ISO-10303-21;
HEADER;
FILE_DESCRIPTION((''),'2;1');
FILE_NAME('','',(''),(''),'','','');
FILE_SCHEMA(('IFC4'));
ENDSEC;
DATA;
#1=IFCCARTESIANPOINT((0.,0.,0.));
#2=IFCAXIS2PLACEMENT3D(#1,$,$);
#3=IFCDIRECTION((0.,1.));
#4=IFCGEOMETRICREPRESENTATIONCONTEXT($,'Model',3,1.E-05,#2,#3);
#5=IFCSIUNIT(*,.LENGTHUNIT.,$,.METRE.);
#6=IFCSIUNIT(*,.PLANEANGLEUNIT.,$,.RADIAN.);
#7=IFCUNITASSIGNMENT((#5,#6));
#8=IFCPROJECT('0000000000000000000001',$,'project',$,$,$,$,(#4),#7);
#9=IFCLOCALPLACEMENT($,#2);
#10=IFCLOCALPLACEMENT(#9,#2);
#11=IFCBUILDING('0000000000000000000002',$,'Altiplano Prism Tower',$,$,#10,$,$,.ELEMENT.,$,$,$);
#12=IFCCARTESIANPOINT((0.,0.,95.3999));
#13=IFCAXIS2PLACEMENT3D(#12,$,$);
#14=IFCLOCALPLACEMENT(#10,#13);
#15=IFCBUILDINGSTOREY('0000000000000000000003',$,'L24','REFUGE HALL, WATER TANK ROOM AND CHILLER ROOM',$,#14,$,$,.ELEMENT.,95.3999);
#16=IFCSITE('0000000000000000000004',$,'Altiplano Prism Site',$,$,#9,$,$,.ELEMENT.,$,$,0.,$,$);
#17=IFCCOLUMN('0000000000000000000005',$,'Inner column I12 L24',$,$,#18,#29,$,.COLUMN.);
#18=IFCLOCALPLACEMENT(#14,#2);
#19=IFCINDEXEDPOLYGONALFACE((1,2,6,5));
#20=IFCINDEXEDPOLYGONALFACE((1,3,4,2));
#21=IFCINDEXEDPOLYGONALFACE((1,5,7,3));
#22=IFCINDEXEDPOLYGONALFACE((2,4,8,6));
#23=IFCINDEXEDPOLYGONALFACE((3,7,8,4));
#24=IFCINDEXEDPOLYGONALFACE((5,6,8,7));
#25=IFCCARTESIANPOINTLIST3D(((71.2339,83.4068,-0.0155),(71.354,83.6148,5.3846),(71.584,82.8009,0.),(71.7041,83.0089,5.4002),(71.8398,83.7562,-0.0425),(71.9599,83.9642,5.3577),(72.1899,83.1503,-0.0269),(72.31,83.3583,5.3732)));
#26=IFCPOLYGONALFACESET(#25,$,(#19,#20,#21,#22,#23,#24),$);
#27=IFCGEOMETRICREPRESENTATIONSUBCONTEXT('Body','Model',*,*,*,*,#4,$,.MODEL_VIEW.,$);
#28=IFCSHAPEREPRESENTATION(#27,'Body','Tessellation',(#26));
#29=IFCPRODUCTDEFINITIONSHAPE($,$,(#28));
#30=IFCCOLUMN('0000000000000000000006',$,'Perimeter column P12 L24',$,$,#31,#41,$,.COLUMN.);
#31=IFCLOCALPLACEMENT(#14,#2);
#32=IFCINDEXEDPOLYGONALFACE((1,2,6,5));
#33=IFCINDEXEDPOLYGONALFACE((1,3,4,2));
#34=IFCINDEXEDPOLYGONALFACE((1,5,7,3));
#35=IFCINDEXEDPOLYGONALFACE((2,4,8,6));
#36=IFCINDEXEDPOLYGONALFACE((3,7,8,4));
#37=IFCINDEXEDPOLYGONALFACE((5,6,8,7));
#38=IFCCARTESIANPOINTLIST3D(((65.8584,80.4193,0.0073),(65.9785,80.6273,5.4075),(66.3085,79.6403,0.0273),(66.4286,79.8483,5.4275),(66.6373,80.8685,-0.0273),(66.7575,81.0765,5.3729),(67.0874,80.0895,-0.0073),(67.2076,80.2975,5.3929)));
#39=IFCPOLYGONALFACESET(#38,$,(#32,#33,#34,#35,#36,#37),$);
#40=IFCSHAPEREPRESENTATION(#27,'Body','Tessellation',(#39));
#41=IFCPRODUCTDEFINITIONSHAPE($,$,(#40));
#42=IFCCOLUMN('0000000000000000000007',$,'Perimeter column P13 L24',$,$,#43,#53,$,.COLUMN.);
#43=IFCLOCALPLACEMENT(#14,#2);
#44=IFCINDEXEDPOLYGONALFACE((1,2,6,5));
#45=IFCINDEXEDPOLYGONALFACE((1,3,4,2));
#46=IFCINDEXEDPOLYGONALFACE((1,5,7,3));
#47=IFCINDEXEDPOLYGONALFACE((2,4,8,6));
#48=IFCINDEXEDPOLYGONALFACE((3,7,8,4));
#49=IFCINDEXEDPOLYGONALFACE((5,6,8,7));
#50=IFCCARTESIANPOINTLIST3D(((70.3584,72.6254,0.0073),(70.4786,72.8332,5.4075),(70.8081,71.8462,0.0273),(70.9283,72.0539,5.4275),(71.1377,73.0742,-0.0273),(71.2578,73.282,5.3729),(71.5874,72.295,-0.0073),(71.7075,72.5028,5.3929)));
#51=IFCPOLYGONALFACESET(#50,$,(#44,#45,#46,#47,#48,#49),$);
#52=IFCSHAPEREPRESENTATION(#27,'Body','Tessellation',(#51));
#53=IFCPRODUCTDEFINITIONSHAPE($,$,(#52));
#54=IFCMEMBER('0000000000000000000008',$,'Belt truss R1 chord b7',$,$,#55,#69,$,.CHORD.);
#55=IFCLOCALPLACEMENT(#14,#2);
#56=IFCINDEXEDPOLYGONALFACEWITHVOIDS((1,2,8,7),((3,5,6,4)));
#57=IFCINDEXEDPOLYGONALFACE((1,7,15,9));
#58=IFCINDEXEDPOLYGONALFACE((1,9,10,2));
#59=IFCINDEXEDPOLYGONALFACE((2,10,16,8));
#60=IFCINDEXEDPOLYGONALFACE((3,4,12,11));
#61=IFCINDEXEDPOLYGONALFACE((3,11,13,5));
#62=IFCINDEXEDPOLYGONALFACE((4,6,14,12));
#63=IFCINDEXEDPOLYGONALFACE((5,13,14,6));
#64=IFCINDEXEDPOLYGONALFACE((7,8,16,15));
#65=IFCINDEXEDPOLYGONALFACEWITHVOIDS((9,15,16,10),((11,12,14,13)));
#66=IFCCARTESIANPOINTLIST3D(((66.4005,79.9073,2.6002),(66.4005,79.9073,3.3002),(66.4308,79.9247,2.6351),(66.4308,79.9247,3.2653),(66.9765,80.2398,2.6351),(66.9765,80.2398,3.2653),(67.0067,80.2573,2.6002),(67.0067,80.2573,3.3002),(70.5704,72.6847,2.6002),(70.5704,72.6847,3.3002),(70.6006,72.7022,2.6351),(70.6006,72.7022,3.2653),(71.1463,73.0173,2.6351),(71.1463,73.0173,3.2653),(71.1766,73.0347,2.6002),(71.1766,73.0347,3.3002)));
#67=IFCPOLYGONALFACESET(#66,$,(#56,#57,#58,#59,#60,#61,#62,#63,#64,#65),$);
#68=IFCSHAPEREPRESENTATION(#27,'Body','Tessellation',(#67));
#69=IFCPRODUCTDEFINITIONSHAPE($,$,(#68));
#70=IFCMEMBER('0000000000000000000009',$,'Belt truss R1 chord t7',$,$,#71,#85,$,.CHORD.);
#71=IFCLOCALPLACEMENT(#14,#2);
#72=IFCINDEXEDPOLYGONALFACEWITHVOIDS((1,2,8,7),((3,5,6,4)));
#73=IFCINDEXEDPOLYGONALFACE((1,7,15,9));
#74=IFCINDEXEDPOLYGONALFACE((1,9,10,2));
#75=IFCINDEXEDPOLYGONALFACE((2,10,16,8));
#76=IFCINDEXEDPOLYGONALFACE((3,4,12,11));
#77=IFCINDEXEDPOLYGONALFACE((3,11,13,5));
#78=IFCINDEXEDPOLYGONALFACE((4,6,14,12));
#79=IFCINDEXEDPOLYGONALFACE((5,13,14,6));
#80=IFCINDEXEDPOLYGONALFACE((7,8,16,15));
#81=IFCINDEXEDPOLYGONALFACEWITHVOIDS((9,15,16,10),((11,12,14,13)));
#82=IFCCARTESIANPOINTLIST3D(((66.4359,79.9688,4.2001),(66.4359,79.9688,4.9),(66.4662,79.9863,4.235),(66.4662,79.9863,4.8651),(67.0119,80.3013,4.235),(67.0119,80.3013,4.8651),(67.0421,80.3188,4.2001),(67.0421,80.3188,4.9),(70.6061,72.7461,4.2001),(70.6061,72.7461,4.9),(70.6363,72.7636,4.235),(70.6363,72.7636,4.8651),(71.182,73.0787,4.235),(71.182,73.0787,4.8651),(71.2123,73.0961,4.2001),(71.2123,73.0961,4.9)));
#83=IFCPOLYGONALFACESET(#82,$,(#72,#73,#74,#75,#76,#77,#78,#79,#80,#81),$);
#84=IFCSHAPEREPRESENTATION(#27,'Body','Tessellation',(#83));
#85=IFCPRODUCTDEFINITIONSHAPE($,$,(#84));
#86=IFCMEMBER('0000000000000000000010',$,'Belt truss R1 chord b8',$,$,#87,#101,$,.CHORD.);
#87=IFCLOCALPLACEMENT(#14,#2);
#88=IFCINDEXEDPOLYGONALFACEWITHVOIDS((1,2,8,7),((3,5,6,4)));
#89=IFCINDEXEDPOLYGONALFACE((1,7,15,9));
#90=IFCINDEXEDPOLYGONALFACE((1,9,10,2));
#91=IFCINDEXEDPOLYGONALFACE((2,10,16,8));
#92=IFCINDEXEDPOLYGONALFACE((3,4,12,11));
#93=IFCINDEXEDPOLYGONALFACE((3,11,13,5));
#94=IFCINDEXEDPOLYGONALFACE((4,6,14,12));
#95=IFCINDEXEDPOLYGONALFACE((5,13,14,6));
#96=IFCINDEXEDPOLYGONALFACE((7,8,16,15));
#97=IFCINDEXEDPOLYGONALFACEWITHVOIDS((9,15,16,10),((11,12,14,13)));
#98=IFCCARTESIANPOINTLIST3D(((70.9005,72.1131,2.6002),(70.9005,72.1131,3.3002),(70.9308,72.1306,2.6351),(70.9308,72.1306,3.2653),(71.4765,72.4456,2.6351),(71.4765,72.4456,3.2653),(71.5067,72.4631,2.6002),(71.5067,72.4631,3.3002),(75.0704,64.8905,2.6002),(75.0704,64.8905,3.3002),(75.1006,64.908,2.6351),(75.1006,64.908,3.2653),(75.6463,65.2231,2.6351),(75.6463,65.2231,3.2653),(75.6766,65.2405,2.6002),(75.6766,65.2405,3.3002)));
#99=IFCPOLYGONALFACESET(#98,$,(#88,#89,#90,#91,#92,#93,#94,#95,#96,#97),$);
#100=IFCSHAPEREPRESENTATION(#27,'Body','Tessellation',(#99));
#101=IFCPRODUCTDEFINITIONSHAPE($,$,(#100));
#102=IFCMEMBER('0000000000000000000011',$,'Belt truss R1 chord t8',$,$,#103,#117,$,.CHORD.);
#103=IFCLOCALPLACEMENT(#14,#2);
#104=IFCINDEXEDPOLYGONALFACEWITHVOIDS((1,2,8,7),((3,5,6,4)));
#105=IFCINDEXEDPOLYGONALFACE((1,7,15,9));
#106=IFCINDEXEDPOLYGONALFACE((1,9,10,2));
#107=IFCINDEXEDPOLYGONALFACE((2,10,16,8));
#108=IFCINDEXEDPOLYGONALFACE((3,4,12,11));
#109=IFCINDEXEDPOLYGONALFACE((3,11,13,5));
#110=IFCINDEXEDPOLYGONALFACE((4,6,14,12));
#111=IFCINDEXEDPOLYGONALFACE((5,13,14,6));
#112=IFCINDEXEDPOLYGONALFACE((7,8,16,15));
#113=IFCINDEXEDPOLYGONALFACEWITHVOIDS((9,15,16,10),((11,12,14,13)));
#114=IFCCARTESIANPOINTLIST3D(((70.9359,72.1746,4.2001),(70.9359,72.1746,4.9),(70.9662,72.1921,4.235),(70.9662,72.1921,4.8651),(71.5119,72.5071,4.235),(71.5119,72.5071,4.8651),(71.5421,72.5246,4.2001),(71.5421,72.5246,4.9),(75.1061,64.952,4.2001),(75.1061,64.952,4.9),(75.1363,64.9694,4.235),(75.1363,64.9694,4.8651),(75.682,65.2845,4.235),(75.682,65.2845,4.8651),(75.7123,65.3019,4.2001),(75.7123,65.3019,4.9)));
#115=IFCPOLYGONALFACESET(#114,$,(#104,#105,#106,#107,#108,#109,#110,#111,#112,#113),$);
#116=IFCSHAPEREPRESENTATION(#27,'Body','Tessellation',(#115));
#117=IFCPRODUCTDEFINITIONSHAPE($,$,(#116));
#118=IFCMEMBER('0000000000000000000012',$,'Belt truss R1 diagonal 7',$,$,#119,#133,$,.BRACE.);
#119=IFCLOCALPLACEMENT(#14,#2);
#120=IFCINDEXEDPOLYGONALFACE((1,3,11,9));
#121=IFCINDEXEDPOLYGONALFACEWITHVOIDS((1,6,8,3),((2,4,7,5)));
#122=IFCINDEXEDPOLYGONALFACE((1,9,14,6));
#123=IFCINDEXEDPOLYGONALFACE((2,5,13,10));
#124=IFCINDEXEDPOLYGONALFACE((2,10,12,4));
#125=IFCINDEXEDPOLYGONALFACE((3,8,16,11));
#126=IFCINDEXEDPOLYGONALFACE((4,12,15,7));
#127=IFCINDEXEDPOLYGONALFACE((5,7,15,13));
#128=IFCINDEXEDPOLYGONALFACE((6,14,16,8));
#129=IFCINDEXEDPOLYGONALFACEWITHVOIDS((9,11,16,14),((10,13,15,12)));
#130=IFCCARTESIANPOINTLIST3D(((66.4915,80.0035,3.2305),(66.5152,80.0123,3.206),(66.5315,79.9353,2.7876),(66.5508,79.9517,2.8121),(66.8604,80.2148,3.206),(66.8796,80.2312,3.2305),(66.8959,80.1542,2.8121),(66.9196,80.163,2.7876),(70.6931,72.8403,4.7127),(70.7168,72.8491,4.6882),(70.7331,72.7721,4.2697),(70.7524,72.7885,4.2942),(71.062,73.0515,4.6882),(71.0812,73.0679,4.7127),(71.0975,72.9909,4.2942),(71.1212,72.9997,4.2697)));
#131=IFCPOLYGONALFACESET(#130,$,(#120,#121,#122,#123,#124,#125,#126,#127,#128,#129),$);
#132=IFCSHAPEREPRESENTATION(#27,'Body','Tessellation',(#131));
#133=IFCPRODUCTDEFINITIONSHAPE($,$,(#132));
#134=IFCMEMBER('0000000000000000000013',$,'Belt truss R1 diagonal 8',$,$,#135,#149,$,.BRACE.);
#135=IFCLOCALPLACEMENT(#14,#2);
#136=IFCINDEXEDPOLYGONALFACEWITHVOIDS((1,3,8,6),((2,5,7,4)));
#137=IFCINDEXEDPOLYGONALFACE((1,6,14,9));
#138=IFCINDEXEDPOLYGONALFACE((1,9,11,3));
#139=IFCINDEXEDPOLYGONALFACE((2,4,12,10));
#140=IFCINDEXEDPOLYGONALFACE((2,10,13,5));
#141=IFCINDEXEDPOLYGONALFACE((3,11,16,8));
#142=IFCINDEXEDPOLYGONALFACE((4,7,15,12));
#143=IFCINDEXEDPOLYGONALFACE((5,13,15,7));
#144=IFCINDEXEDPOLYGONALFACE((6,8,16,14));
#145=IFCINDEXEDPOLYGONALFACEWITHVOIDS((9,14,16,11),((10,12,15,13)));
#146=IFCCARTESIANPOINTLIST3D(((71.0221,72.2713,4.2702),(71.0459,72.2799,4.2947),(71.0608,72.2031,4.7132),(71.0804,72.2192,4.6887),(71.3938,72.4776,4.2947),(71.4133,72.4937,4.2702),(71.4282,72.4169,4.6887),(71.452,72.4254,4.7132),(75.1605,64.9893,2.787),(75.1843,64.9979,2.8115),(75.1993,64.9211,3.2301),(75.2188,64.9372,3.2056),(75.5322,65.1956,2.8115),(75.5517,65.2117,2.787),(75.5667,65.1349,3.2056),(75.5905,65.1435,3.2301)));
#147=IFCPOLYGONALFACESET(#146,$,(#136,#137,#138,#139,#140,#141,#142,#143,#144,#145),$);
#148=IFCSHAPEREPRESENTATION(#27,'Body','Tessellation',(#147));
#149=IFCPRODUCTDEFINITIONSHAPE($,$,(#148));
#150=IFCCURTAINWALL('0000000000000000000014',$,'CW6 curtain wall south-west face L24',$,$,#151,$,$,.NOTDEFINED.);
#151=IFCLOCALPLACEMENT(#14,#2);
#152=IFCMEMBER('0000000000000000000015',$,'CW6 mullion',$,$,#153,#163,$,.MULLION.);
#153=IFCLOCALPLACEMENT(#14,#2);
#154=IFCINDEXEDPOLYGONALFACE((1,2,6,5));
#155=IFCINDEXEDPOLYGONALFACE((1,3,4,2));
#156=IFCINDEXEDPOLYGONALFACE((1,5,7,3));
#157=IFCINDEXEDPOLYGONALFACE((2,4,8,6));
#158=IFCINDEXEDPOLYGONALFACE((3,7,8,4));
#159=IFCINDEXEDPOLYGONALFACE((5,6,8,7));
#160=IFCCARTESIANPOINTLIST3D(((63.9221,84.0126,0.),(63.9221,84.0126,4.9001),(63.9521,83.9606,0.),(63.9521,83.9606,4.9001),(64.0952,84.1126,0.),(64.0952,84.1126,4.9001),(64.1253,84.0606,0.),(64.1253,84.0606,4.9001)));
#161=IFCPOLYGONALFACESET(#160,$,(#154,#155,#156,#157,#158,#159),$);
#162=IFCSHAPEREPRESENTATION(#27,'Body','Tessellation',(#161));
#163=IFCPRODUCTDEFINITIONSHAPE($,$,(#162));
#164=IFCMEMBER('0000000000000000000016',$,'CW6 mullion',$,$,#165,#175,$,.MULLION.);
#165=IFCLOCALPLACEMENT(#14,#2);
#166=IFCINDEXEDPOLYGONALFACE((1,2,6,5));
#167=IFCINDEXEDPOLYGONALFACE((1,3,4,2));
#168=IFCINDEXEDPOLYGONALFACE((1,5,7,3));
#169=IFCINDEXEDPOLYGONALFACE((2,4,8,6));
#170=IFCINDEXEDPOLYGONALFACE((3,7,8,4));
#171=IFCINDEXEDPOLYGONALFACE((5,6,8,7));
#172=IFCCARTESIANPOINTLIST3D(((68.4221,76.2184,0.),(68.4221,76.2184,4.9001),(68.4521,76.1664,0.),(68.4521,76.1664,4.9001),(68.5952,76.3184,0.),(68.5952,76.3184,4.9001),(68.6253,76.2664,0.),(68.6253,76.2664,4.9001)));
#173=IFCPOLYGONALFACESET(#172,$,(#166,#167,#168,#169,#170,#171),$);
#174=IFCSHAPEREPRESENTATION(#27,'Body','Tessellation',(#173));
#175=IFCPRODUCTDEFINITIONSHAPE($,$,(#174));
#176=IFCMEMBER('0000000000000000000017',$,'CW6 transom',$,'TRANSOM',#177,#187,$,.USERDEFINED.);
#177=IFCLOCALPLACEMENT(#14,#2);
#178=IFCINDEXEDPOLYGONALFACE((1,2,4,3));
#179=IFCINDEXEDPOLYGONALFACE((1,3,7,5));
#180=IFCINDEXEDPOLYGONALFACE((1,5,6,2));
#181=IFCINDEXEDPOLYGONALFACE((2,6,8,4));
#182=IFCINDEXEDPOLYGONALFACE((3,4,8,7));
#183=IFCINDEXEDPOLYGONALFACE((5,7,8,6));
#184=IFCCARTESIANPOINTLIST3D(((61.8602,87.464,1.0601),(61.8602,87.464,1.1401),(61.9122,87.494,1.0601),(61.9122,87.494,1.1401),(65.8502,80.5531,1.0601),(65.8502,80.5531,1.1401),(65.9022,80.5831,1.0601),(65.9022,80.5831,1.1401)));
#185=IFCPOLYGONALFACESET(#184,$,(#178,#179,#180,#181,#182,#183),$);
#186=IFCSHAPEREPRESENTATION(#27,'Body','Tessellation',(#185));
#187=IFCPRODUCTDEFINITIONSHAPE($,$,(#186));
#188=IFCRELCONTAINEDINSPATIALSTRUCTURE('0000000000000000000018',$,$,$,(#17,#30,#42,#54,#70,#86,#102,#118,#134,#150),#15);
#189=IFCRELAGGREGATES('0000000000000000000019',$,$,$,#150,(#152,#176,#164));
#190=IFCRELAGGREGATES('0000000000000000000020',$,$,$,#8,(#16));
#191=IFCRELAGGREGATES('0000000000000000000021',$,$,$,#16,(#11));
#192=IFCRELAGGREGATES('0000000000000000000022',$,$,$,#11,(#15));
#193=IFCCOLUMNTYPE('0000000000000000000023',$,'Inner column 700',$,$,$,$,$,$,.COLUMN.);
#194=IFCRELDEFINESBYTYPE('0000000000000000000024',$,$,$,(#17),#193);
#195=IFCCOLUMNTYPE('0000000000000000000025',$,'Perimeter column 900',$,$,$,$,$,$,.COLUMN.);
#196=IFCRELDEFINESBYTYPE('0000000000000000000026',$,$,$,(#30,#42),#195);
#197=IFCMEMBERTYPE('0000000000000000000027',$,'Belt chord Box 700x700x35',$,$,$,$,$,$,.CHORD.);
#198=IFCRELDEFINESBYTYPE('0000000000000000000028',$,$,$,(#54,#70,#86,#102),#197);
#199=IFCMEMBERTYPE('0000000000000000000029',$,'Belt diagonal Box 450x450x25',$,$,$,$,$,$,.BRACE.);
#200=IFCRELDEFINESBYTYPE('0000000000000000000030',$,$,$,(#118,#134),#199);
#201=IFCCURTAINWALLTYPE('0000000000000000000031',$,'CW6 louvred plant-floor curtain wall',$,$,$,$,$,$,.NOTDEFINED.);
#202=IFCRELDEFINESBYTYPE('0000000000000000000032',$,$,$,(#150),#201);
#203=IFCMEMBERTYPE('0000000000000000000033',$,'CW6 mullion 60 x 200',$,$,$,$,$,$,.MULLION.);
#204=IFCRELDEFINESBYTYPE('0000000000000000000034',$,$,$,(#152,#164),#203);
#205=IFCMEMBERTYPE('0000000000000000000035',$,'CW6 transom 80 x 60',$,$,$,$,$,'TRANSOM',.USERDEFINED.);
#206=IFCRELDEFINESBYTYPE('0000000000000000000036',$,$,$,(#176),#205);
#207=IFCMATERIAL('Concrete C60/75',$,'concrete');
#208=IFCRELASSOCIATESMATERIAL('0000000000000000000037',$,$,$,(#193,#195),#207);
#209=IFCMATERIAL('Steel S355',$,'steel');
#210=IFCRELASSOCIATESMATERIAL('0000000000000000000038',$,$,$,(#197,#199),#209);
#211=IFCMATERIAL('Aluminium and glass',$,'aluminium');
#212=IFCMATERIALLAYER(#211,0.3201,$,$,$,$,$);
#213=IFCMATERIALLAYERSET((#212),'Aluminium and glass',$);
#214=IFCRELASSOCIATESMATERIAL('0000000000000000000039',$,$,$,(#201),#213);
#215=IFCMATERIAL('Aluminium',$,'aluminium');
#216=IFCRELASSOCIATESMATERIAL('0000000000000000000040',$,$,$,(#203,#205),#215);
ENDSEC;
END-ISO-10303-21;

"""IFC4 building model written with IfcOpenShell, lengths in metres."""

from ifc_helpers import new_model, si_unit, direction, frame, origin, origin_2d, place, context, subcontext, project, spatial, rectangle, hollow_rectangle, extrude, material, layer, layer_set, material_profile, profile_set, type_object, element, aggregate, save


model = new_model("IFC4")

# Units and contexts
model_context = context("Model", 3, precision=1e-05, world=origin(), true_north=direction((0.0, 1.0)))
body_context = subcontext(model_context, "Body", "Model", "MODEL_VIEW")
ifc_project = project(units=[si_unit("LENGTHUNIT", "METRE"), si_unit("PLANEANGLEUNIT", "RADIAN")], contexts=[model_context])

# Site, building, storey
site_placement = place(None, origin())
site = spatial("IfcSite", under=ifc_project, at=site_placement, Name="Altiplano Prism Site", CompositionType="ELEMENT", RefElevation=0.0)
building_placement = place(site_placement, origin())
building = spatial("IfcBuilding", under=site, at=building_placement, Name="Altiplano Prism Tower", CompositionType="ELEMENT")
storey_placement = place(building_placement, frame((0.0, 0.0, 95.3999)))
storey = spatial("IfcBuildingStorey", under=building, at=storey_placement, Name="L24", Description="REFUGE HALL, WATER TANK ROOM AND CHILLER ROOM", CompositionType="ELEMENT", Elevation=95.3999)

# Columns
ifc_material_1 = material(Name="Concrete C60/75", Category="concrete")
ifc_material_profile_1 = material_profile(ifc_material_1, rectangle(XDim=0.7, YDim=0.7, at=origin_2d()), Name="Inner column 700")
ifc_profile_set_1 = profile_set([ifc_material_profile_1], Name="Concrete C60/75")
column_type_1 = type_object("IfcColumnType", Name="Inner column 700", PredefinedType="COLUMN", material=ifc_profile_set_1)
column_placement = place(storey_placement, frame((71.7119, 83.2786, -0.0212), z_axis=(0.022221, 0.038481, 0.999012), x_axis=(-0.865641, -0.499184, 0.038483)))
element("IfcColumn", 1, at=column_placement, inside=storey, type_object=column_type_1, Name="Inner column I12 L24", PredefinedType="COLUMN", context=body_context, shape_type="SweptSolid", body=[
    extrude(rectangle(XDim=0.7, YDim=0.7, at=origin_2d()), origin(), (0.0, 0.0, 1.0), 5.4055),
])
ifc_material_profile_2 = material_profile(ifc_material_1, rectangle(XDim=0.8999, YDim=0.8999, at=origin_2d()), Name="Perimeter column 900")
ifc_profile_set_2 = profile_set([ifc_material_profile_2], Name="Concrete C60/75")
column_type_2 = type_object("IfcColumnType", Name="Perimeter column 900", PredefinedType="COLUMN", material=ifc_profile_set_2)
for number, where, z_axis, x_axis, name in (
    (2, (66.4729, 80.2544, 0.0), (0.022221, 0.038481, 0.999012), (-0.865641, -0.499184, 0.038483), "Perimeter column P12 L24"),
    (3, (70.9729, 72.4602, 0.0), (0.022221, 0.038436, 0.999014), (-0.865897, -0.498743, 0.038449), "Perimeter column P13 L24"),
):
    element("IfcColumn", number, at=place(storey_placement, frame(where, z_axis=z_axis, x_axis=x_axis)), inside=storey, type_object=column_type_2, Name=name, PredefinedType="COLUMN", context=body_context, shape_type="SweptSolid", body=[
        extrude(rectangle(XDim=0.8999, YDim=0.8999, at=origin_2d()), origin(), (0.0, 0.0, 1.0), 5.4055),
    ])

# Members
ifc_material_2 = material(Name="Steel S355", Category="steel")
ifc_material_profile_3 = material_profile(ifc_material_2, hollow_rectangle(XDim=0.7, YDim=0.7, WallThickness=0.0349, at=origin_2d()), Name="Belt chord Box 700x700x35")
ifc_profile_set_3 = profile_set([ifc_material_profile_3], Name="Steel S355")
member_type_1 = type_object("IfcMemberType", Name="Belt chord Box 700x700x35", PredefinedType="CHORD", material=ifc_profile_set_3)
member_1_placement = place(storey_placement, frame((66.7036, 80.0823, 2.9502), z_axis=(0.499993, -0.86603, 0.0), x_axis=(0.86603, 0.499993, 0.0)))
element("IfcMember", 4, at=member_1_placement, inside=storey, type_object=member_type_1, Name="Belt truss R1 chord b7", PredefinedType="CHORD", context=body_context, shape_type="SweptSolid", body=[
    extrude(hollow_rectangle(XDim=0.7, YDim=0.7, WallThickness=0.0349, at=origin_2d()), origin(), (0.0, 0.0, 1.0), 8.3398),
])
member_2_placement = place(storey_placement, frame((66.739, 80.1438, 4.55), z_axis=(0.500015, -0.866017, 0.0), x_axis=(0.866017, 0.500015, 0.0)))
element("IfcMember", 5, at=member_2_placement, inside=storey, type_object=member_type_1, Name="Belt truss R1 chord t7", PredefinedType="CHORD", context=body_context, shape_type="SweptSolid", body=[
    extrude(hollow_rectangle(XDim=0.7, YDim=0.7, WallThickness=0.0349, at=origin_2d()), origin(), (0.0, 0.0, 1.0), 8.3401),
])
member_3_placement = place(storey_placement, frame((71.2036, 72.2881, 2.9502), z_axis=(0.499993, -0.86603, 0.0), x_axis=(0.86603, 0.499993, 0.0)))
element("IfcMember", 6, at=member_3_placement, inside=storey, type_object=member_type_1, Name="Belt truss R1 chord b8", PredefinedType="CHORD", context=body_context, shape_type="SweptSolid", body=[
    extrude(hollow_rectangle(XDim=0.7, YDim=0.7, WallThickness=0.0349, at=origin_2d()), origin(), (0.0, 0.0, 1.0), 8.3398),
])
member_4_placement = place(storey_placement, frame((71.239, 72.3496, 4.55), z_axis=(0.500015, -0.866017, 0.0), x_axis=(0.866017, 0.500015, 0.0)))
element("IfcMember", 7, at=member_4_placement, inside=storey, type_object=member_type_1, Name="Belt truss R1 chord t8", PredefinedType="CHORD", context=body_context, shape_type="SweptSolid", body=[
    extrude(hollow_rectangle(XDim=0.7, YDim=0.7, WallThickness=0.0349, at=origin_2d()), origin(), (0.0, 0.0, 1.0), 8.3401),
])
ifc_material_profile_4 = material_profile(ifc_material_2, hollow_rectangle(XDim=0.45, YDim=0.45, WallThickness=0.0249, at=origin_2d()), Name="Belt diagonal Box 450x450x25")
ifc_profile_set_4 = profile_set([ifc_material_profile_4], Name="Steel S355")
member_type_2 = type_object("IfcMemberType", Name="Belt diagonal Box 450x450x25", PredefinedType="BRACE", material=ifc_profile_set_4)
member_5_placement = place(storey_placement, frame((66.7056, 80.0833, 3.009), z_axis=(0.49807, -0.84915, 0.175699), x_axis=(0.862568, 0.505941, 0.0)))
element("IfcMember", 8, at=member_5_placement, inside=storey, type_object=member_type_2, Name="Belt truss R1 diagonal 7", PredefinedType="BRACE", context=body_context, shape_type="SweptSolid", body=[
    extrude(hollow_rectangle(XDim=0.45, YDim=0.45, WallThickness=0.0249, at=origin_2d()), origin(), (0.0, 0.0, 1.0), 8.4358),
])
member_6_placement = place(storey_placement, frame((71.2371, 72.3484, 4.4917), z_axis=(0.486525, -0.85609, -0.174364), x_axis=(0.869408, 0.494094, 0.0)))
element("IfcMember", 9, at=member_6_placement, inside=storey, type_object=member_type_2, Name="Belt truss R1 diagonal 8", PredefinedType="BRACE", context=body_context, shape_type="SweptSolid", body=[
    extrude(hollow_rectangle(XDim=0.45, YDim=0.45, WallThickness=0.0249, at=origin_2d()), origin(), (0.0, 0.0, 1.0), 8.5061),
])

# Curtain wall, members
ifc_material_3 = material(Name="Aluminium and glass", Category="aluminium")
ifc_layer_1 = layer(ifc_material_3, 0.3201)
ifc_layer_set_1 = layer_set([ifc_layer_1], Name="Aluminium and glass")
curtain_wall_type = type_object("IfcCurtainWallType", Name="CW6 louvred plant-floor curtain wall", PredefinedType="NOTDEFINED", material=ifc_layer_set_1)
curtain_wall_placement = place(storey_placement, origin())
curtain_wall = element("IfcCurtainWall", 10, at=curtain_wall_placement, inside=storey, type_object=curtain_wall_type, Name="CW6 curtain wall south-west face L24", PredefinedType="NOTDEFINED")
ifc_material_4 = material(Name="Aluminium", Category="aluminium")
ifc_material_profile_5 = material_profile(ifc_material_4, rectangle(XDim=0.2, YDim=0.0601, at=origin_2d()), Name="CW6 mullion 60 x 200")
ifc_profile_set_5 = profile_set([ifc_material_profile_5], Name="Aluminium")
member_type_3 = type_object("IfcMemberType", Name="CW6 mullion 60 x 200", PredefinedType="MULLION", material=ifc_profile_set_5)
member_7_placement = place(storey_placement, frame((64.0237, 84.0366, 0.0), z_axis=(0.0, 0.0, 1.0), x_axis=(0.866025, 0.5, 0.0)))
member_7 = element("IfcMember", 11, at=member_7_placement, type_object=member_type_3, Name="CW6 mullion", PredefinedType="MULLION", context=body_context, shape_type="SweptSolid", body=[
    extrude(rectangle(XDim=0.2, YDim=0.0601, at=origin_2d()), origin(), (0.0, 0.0, 1.0), 4.9001),
])
member_8_placement = place(storey_placement, frame((68.5237, 76.2424, 0.0), z_axis=(0.0, 0.0, 1.0), x_axis=(0.866025, 0.5, 0.0)))
member_8 = element("IfcMember", 12, at=member_8_placement, type_object=member_type_3, Name="CW6 mullion", PredefinedType="MULLION", context=body_context, shape_type="SweptSolid", body=[
    extrude(rectangle(XDim=0.2, YDim=0.0601, at=origin_2d()), origin(), (0.0, 0.0, 1.0), 4.9001),
])
ifc_material_profile_6 = material_profile(ifc_material_4, rectangle(XDim=0.0601, YDim=0.0801, at=origin_2d()), Name="CW6 transom 80 x 60")
ifc_profile_set_6 = profile_set([ifc_material_profile_6], Name="Aluminium")
member_type_4 = type_object("IfcMemberType", Name="CW6 transom 80 x 60", ElementType="TRANSOM", PredefinedType="USERDEFINED", material=ifc_profile_set_6)
member_9_placement = place(storey_placement, frame((61.8862, 87.479, 1.1001), z_axis=(0.499999, -0.866026, 0.0), x_axis=(0.866026, 0.499999, 0.0)))
member_9 = element("IfcMember", 13, at=member_9_placement, type_object=member_type_4, Name="CW6 transom", ObjectType="TRANSOM", PredefinedType="USERDEFINED", context=body_context, shape_type="SweptSolid", body=[
    extrude(rectangle(XDim=0.0601, YDim=0.0801, at=origin_2d()), origin(), (0.0, 0.0, 1.0), 7.98),
])

aggregate(curtain_wall, [member_7, member_9, member_8])

save(model, "model.ifc")
